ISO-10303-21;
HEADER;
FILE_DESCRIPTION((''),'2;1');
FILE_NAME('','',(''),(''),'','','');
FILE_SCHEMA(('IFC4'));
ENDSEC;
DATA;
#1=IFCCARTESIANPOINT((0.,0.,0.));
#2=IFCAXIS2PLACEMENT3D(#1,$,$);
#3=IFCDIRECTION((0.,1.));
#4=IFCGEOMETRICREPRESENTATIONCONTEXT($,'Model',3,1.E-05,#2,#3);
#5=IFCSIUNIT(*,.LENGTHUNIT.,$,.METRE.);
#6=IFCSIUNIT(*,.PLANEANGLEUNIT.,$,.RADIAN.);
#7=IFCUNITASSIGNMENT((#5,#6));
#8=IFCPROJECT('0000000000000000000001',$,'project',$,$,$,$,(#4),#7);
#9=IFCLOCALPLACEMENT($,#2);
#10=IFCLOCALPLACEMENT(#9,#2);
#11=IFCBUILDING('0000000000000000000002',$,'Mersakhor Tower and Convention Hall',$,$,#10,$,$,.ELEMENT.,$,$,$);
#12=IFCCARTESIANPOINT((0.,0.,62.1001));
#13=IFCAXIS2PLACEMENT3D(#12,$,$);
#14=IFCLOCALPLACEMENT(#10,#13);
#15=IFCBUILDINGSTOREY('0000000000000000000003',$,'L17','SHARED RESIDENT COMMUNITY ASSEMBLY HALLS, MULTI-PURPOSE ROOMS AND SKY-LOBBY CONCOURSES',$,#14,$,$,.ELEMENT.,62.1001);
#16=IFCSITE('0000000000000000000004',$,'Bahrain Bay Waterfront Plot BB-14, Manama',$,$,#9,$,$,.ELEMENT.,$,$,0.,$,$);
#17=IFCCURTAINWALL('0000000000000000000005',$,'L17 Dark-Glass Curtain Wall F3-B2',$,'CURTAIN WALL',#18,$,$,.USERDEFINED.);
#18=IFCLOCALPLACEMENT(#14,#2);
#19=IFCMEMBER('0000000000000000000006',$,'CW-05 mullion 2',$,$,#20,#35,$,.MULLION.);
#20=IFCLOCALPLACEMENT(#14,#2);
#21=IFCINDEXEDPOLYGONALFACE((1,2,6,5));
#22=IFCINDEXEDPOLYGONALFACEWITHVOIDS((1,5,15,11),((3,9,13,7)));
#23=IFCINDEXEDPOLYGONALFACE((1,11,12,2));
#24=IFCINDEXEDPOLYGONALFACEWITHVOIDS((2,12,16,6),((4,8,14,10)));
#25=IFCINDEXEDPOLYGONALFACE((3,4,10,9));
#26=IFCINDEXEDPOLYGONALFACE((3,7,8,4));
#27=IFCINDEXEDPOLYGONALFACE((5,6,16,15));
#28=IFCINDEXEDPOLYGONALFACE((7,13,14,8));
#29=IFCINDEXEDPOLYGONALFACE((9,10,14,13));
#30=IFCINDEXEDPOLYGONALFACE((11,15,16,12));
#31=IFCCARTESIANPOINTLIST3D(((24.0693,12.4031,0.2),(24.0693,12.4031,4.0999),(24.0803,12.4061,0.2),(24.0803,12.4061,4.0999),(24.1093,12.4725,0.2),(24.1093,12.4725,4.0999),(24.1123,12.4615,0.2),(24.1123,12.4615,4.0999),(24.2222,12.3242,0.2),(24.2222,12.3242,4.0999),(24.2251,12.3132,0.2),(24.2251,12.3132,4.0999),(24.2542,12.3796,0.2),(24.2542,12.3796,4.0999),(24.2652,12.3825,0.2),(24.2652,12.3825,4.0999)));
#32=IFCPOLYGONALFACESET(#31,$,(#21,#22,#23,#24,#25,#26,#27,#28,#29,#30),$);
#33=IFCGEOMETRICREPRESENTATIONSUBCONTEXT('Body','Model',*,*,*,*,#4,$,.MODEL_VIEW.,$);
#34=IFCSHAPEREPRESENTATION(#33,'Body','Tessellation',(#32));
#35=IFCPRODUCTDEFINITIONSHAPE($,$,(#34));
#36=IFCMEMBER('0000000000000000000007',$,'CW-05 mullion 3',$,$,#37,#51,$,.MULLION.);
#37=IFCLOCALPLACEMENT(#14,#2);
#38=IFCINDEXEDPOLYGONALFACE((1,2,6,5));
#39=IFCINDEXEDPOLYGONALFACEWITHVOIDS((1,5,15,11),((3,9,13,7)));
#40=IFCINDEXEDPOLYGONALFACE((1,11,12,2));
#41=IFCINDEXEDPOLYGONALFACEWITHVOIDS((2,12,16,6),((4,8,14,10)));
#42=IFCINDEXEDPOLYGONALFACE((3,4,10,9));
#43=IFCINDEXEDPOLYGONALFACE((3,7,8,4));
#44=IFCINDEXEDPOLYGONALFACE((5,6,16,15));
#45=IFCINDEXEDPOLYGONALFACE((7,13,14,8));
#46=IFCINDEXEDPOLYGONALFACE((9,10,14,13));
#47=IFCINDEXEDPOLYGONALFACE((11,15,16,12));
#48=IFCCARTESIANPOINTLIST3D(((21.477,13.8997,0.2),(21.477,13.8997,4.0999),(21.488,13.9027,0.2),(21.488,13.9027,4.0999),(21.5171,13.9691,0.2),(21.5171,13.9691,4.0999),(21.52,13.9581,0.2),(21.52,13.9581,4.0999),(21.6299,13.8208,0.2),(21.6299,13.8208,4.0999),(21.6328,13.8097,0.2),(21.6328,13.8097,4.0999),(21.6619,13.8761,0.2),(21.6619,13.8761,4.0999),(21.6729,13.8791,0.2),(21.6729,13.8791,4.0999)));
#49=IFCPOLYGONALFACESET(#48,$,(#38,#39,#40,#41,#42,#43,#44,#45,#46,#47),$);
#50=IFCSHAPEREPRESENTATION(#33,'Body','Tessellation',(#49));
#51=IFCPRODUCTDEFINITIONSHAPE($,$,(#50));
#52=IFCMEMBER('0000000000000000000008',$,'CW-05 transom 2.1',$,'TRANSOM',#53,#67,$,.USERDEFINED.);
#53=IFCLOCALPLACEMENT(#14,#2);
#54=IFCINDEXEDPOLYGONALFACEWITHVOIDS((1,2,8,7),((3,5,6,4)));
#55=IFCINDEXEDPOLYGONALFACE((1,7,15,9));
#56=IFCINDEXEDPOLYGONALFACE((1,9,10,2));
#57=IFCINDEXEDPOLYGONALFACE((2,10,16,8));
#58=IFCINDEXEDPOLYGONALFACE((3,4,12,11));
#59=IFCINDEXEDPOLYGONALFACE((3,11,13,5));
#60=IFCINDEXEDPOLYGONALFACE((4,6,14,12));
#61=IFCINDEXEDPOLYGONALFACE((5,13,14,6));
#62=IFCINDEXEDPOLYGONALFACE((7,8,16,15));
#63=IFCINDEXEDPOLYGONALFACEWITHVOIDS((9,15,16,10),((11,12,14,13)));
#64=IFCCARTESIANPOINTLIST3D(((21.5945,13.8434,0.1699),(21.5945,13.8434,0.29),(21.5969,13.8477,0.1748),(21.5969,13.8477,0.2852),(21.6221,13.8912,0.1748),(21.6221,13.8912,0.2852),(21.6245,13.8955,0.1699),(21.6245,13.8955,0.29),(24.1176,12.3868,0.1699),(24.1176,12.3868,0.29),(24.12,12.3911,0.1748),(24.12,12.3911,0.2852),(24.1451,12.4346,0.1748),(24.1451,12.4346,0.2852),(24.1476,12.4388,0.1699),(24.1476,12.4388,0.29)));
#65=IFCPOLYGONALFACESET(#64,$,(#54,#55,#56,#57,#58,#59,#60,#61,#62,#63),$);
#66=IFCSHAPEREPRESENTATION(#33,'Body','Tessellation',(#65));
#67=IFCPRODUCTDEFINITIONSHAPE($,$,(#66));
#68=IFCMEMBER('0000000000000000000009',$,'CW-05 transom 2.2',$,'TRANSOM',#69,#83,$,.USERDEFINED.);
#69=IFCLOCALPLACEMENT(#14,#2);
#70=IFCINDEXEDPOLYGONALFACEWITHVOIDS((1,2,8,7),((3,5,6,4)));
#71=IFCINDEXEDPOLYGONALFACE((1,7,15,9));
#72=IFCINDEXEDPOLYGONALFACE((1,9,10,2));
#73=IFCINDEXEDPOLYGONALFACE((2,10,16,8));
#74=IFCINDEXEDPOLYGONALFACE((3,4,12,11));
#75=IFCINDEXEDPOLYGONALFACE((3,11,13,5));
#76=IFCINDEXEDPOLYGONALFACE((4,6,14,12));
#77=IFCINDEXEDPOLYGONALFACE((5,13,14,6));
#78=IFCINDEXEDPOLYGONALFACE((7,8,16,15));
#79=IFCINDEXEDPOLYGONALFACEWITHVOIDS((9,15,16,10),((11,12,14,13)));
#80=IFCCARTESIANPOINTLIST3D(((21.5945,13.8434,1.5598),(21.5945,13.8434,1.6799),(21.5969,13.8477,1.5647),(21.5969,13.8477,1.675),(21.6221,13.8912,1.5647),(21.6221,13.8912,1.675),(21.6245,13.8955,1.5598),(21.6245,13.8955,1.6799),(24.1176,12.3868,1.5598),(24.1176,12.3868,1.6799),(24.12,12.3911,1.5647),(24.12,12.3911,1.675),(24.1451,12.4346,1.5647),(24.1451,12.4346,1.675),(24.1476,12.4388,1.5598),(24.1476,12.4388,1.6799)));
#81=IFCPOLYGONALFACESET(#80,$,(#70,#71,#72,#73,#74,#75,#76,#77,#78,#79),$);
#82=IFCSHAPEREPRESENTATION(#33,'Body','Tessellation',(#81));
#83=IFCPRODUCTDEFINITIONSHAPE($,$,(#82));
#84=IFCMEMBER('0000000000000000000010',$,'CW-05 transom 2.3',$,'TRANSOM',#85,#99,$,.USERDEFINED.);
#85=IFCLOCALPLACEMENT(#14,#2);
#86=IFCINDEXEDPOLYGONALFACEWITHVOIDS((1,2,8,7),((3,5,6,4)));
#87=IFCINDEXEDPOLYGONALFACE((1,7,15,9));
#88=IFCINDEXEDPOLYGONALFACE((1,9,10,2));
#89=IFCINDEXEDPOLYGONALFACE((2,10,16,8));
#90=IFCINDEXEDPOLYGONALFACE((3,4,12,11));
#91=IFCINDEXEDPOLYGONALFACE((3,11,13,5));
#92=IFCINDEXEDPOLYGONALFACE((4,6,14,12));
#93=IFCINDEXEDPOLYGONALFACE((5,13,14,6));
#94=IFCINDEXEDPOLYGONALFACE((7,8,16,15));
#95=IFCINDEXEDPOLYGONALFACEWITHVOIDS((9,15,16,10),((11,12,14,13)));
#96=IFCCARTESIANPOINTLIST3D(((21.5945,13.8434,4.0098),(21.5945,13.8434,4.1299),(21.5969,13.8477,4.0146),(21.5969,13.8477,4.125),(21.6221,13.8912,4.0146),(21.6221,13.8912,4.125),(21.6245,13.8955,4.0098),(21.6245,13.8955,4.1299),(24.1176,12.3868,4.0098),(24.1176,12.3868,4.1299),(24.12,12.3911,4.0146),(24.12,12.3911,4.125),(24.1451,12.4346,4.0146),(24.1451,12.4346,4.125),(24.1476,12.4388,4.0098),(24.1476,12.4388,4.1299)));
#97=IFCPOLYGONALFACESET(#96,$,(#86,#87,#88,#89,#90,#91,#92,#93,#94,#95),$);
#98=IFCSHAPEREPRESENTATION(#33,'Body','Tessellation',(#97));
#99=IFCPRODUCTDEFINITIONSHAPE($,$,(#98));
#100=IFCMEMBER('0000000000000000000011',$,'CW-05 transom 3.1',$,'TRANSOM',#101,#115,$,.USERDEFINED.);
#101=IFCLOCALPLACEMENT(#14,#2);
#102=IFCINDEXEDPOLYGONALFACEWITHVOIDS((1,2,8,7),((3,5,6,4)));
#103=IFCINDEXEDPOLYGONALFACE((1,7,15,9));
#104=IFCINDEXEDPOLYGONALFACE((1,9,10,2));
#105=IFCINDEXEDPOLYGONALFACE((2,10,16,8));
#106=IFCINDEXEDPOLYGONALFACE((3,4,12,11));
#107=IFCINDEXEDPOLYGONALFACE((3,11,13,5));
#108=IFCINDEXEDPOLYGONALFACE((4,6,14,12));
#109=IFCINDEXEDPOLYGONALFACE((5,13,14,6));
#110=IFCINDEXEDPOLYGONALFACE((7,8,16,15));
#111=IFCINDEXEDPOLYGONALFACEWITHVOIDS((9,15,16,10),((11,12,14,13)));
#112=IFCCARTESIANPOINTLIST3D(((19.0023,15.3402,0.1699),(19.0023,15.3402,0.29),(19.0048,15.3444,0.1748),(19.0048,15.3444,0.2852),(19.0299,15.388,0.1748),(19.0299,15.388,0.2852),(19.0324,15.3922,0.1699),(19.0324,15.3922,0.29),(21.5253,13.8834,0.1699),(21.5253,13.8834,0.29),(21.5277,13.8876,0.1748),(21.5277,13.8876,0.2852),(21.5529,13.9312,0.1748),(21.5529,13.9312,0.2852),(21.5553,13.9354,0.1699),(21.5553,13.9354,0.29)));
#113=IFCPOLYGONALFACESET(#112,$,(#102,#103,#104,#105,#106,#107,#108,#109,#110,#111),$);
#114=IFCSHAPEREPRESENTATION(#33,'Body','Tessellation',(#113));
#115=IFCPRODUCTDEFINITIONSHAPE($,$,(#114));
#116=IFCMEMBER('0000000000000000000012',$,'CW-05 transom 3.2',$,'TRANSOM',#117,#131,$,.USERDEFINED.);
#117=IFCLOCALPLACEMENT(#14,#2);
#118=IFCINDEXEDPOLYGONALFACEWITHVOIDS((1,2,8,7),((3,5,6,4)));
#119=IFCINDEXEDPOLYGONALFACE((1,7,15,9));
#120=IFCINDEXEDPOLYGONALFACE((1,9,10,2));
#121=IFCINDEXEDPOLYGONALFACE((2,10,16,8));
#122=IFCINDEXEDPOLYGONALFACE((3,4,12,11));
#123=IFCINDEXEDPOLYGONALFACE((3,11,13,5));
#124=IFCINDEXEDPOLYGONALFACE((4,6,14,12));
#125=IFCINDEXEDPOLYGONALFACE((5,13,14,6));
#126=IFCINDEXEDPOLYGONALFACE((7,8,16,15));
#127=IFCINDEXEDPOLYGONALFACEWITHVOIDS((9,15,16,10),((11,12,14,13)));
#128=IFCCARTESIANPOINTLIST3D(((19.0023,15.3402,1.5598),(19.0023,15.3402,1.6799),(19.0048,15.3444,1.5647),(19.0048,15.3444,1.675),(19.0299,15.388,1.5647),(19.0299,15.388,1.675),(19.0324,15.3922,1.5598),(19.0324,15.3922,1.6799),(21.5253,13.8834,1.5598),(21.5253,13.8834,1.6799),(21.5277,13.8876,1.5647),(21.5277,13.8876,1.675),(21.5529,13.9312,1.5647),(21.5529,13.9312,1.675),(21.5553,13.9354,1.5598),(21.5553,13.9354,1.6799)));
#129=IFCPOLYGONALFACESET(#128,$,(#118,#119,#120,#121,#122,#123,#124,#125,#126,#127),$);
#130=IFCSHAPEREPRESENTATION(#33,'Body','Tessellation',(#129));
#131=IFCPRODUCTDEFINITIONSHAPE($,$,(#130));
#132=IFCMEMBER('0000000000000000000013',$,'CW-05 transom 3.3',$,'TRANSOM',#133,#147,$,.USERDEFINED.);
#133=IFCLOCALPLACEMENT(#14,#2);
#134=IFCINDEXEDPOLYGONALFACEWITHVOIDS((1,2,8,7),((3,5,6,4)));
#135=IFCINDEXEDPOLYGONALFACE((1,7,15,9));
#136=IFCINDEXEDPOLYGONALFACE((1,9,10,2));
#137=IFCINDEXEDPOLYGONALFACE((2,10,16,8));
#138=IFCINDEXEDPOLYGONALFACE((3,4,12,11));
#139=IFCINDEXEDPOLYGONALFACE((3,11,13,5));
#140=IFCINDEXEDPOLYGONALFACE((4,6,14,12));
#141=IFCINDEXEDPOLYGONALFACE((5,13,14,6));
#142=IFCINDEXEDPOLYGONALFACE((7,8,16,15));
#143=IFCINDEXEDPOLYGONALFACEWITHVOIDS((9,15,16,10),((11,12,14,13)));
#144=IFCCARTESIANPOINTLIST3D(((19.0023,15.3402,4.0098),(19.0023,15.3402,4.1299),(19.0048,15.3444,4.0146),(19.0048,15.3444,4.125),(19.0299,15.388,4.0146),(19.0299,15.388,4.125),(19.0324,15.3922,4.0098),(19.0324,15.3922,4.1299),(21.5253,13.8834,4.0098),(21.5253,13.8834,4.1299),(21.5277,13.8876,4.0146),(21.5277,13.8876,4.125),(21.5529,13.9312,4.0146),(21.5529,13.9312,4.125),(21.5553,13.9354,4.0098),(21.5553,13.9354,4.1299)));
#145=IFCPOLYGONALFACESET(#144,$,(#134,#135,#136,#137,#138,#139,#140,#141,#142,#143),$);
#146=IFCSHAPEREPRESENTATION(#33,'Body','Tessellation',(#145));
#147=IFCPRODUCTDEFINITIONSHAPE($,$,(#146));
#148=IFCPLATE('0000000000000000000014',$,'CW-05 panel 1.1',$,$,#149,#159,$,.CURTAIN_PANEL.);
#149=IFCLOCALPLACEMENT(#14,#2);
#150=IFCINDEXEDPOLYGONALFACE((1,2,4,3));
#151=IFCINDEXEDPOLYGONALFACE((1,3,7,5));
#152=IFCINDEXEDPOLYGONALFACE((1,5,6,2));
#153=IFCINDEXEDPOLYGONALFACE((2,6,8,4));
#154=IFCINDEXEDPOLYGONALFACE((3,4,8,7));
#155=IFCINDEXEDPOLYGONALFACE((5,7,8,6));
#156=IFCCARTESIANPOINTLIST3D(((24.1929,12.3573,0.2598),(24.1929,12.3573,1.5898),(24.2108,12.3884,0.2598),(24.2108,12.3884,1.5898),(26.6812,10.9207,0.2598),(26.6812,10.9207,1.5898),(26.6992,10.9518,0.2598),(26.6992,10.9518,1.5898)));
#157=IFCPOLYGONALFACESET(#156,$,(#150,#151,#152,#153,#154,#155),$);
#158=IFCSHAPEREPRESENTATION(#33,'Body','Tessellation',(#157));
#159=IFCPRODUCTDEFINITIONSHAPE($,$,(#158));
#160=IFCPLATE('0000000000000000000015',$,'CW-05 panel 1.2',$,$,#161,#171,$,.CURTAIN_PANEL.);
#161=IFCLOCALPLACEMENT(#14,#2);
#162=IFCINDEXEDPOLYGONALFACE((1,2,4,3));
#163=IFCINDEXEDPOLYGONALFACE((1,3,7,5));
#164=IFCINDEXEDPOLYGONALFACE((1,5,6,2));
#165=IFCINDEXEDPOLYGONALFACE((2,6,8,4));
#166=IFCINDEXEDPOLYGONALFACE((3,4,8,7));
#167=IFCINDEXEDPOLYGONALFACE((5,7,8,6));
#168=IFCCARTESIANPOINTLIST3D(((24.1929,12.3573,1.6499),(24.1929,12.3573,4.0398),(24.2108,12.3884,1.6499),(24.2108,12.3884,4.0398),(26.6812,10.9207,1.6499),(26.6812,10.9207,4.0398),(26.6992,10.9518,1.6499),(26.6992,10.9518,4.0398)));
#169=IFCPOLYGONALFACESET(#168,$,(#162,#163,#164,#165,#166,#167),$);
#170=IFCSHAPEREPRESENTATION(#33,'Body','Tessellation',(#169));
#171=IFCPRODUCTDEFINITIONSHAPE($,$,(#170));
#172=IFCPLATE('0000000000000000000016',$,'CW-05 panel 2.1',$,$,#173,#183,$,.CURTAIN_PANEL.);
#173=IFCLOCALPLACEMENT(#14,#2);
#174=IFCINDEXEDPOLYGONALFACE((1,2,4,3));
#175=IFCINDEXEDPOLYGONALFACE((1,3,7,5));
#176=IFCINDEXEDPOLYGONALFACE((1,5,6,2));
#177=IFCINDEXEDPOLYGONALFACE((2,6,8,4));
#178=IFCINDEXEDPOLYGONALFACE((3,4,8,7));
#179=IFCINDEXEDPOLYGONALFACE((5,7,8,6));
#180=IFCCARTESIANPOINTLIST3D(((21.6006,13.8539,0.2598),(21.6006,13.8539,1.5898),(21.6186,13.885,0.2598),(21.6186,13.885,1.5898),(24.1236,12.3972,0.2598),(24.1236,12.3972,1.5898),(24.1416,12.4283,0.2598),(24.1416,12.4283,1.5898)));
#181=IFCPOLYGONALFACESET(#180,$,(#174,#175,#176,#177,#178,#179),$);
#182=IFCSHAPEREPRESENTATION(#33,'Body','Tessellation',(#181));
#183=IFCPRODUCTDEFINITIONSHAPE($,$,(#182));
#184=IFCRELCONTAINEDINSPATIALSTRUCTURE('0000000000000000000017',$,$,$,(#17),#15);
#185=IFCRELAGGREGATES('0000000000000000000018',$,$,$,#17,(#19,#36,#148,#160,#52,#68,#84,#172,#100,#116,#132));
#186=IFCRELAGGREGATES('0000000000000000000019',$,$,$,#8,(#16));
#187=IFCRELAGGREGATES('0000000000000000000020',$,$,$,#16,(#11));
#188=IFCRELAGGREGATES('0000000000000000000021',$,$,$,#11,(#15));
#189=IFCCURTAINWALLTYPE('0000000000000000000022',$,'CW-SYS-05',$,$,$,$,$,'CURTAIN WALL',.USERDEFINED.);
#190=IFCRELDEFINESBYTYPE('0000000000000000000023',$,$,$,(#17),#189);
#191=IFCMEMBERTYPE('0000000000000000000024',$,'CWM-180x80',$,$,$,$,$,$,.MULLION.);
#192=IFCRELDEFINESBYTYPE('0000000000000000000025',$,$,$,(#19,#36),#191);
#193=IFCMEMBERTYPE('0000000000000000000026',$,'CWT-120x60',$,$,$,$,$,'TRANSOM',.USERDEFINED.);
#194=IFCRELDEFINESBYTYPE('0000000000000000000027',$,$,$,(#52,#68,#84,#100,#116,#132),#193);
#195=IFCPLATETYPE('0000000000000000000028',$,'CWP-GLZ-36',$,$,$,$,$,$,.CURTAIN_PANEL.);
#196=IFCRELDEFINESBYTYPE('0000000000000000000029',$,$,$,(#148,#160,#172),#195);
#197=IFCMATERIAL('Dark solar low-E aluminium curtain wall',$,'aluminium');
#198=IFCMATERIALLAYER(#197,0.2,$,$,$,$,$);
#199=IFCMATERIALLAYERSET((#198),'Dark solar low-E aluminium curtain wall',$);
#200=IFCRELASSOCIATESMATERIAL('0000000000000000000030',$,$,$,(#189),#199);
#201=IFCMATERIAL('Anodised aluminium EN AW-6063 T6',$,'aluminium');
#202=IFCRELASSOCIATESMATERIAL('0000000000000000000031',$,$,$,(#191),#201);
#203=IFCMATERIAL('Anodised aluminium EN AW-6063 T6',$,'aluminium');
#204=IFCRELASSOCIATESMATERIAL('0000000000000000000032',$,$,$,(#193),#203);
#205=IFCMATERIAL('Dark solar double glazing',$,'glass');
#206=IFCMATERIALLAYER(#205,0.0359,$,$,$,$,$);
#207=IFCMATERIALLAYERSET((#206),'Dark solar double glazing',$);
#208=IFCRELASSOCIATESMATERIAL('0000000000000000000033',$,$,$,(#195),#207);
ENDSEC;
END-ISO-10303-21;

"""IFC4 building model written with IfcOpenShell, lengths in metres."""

from ifc_helpers import new_model, si_unit, direction, frame, origin, origin_2d, place, context, subcontext, project, spatial, rectangle, hollow_rectangle, extrude, material, layer, layer_set, material_profile, profile_set, type_object, element, aggregate, save


model = new_model("IFC4")

# Units and contexts
model_context = context("Model", 3, precision=1e-05, world=origin(), true_north=direction((0.0, 1.0)))
body_context = subcontext(model_context, "Body", "Model", "MODEL_VIEW")
ifc_project = project(units=[si_unit("LENGTHUNIT", "METRE"), si_unit("PLANEANGLEUNIT", "RADIAN")], contexts=[model_context])

# Site, building, storey
site_placement = place(None, origin())
site = spatial("IfcSite", under=ifc_project, at=site_placement, Name="Bahrain Bay Waterfront Plot BB-14, Manama", CompositionType="ELEMENT", RefElevation=0.0)
building_placement = place(site_placement, origin())
building = spatial("IfcBuilding", under=site, at=building_placement, Name="Mersakhor Tower and Convention Hall", CompositionType="ELEMENT")
storey_placement = place(building_placement, frame((0.0, 0.0, 62.1001)))
storey = spatial("IfcBuildingStorey", under=building, at=storey_placement, Name="L17", Description="SHARED RESIDENT COMMUNITY ASSEMBLY HALLS, MULTI-PURPOSE ROOMS AND SKY-LOBBY CONCOURSES", CompositionType="ELEMENT", Elevation=62.1001)

# Curtain wall, members, plates
ifc_material_1 = material(Name="Dark solar low-E aluminium curtain wall", Category="aluminium")
ifc_layer_1 = layer(ifc_material_1, 0.2)
ifc_layer_set_1 = layer_set([ifc_layer_1], Name="Dark solar low-E aluminium curtain wall")
curtain_wall_type = type_object("IfcCurtainWallType", Name="CW-SYS-05", ElementType="CURTAIN WALL", PredefinedType="USERDEFINED", material=ifc_layer_set_1)
curtain_wall_placement = place(storey_placement, origin())
curtain_wall = element("IfcCurtainWall", 1, at=curtain_wall_placement, inside=storey, type_object=curtain_wall_type, Name="L17 Dark-Glass Curtain Wall F3-B2", ObjectType="CURTAIN WALL", PredefinedType="USERDEFINED")
ifc_material_2 = material(Name="Anodised aluminium EN AW-6063 T6", Category="aluminium")
ifc_material_profile_1 = material_profile(ifc_material_2, hollow_rectangle(XDim=0.0801, YDim=0.1799, WallThickness=0.0081, at=origin_2d()), Name="RHS 180x80x8")
ifc_profile_set_1 = profile_set([ifc_material_profile_1], Name="Anodised aluminium EN AW-6063 T6")
member_type_1 = type_object("IfcMemberType", Name="CWM-180x80", PredefinedType="MULLION", material=ifc_profile_set_1)
member_1_placement = place(storey_placement, frame((24.1672, 12.3928, 0.2), z_axis=(0.0, 0.0, 1.0), x_axis=(-0.500003, -0.866023, 0.0)))
member_1 = element("IfcMember", 2, at=member_1_placement, type_object=member_type_1, Name="CW-05 mullion 2", PredefinedType="MULLION", context=body_context, shape_type="SweptSolid", body=[
    extrude(hollow_rectangle(XDim=0.0801, YDim=0.1799, WallThickness=0.0081, at=origin_2d()), origin(), (0.0, 0.0, 1.0), 3.8999),
])
member_2_placement = place(storey_placement, frame((21.575, 13.8894, 0.2), z_axis=(0.0, 0.0, 1.0), x_axis=(-0.500003, -0.866023, 0.0)))
member_2 = element("IfcMember", 3, at=member_2_placement, type_object=member_type_1, Name="CW-05 mullion 3", PredefinedType="MULLION", context=body_context, shape_type="SweptSolid", body=[
    extrude(hollow_rectangle(XDim=0.0801, YDim=0.1799, WallThickness=0.0081, at=origin_2d()), origin(), (0.0, 0.0, 1.0), 3.8999),
])
ifc_material_3 = material(Name="Anodised aluminium EN AW-6063 T6", Category="aluminium")
ifc_material_profile_2 = material_profile(ifc_material_3, hollow_rectangle(XDim=0.0601, YDim=0.1201, WallThickness=0.0049, at=origin_2d()), Name="RHS 120x60x5")
ifc_profile_set_2 = profile_set([ifc_material_profile_2], Name="Anodised aluminium EN AW-6063 T6")
member_type_2 = type_object("IfcMemberType", Name="CWT-120x60", ElementType="TRANSOM", PredefinedType="USERDEFINED", material=ifc_profile_set_2)
member_3_placement = place(storey_placement, frame((24.1326, 12.4128, 0.23), z_axis=(-0.866038, 0.499979, 0.0), x_axis=(-0.499979, -0.866038, 0.0)))
member_3 = element("IfcMember", 4, at=member_3_placement, type_object=member_type_2, Name="CW-05 transom 2.1", ObjectType="TRANSOM", PredefinedType="USERDEFINED", context=body_context, shape_type="SweptSolid", body=[
    extrude(hollow_rectangle(XDim=0.0601, YDim=0.1201, WallThickness=0.0049, at=origin_2d()), origin(), (0.0, 0.0, 1.0), 2.9133),
])
member_4_placement = place(storey_placement, frame((24.1326, 12.4128, 1.6199), z_axis=(-0.866038, 0.499979, 0.0), x_axis=(-0.499979, -0.866038, 0.0)))
member_4 = element("IfcMember", 5, at=member_4_placement, type_object=member_type_2, Name="CW-05 transom 2.2", ObjectType="TRANSOM", PredefinedType="USERDEFINED", context=body_context, shape_type="SweptSolid", body=[
    extrude(hollow_rectangle(XDim=0.0601, YDim=0.1201, WallThickness=0.0049, at=origin_2d()), origin(), (0.0, 0.0, 1.0), 2.9133),
])
member_5_placement = place(storey_placement, frame((24.1326, 12.4128, 4.0698), z_axis=(-0.866038, 0.499979, 0.0), x_axis=(-0.499979, -0.866038, 0.0)))
member_5 = element("IfcMember", 6, at=member_5_placement, type_object=member_type_2, Name="CW-05 transom 2.3", ObjectType="TRANSOM", PredefinedType="USERDEFINED", context=body_context, shape_type="SweptSolid", body=[
    extrude(hollow_rectangle(XDim=0.0601, YDim=0.1201, WallThickness=0.0049, at=origin_2d()), origin(), (0.0, 0.0, 1.0), 2.9133),
])
member_6_placement = place(storey_placement, frame((21.5403, 13.9094, 0.23), z_axis=(-0.866001, 0.500042, 0.0), x_axis=(-0.500042, -0.866001, 0.0)))
member_6 = element("IfcMember", 7, at=member_6_placement, type_object=member_type_2, Name="CW-05 transom 3.1", ObjectType="TRANSOM", PredefinedType="USERDEFINED", context=body_context, shape_type="SweptSolid", body=[
    extrude(hollow_rectangle(XDim=0.0601, YDim=0.1201, WallThickness=0.0049, at=origin_2d()), origin(), (0.0, 0.0, 1.0), 2.9133),
])
member_7_placement = place(storey_placement, frame((21.5403, 13.9094, 1.6199), z_axis=(-0.866001, 0.500042, 0.0), x_axis=(-0.500042, -0.866001, 0.0)))
member_7 = element("IfcMember", 8, at=member_7_placement, type_object=member_type_2, Name="CW-05 transom 3.2", ObjectType="TRANSOM", PredefinedType="USERDEFINED", context=body_context, shape_type="SweptSolid", body=[
    extrude(hollow_rectangle(XDim=0.0601, YDim=0.1201, WallThickness=0.0049, at=origin_2d()), origin(), (0.0, 0.0, 1.0), 2.9133),
])
member_8_placement = place(storey_placement, frame((21.5403, 13.9094, 4.0698), z_axis=(-0.866001, 0.500042, 0.0), x_axis=(-0.500042, -0.866001, 0.0)))
member_8 = element("IfcMember", 9, at=member_8_placement, type_object=member_type_2, Name="CW-05 transom 3.3", ObjectType="TRANSOM", PredefinedType="USERDEFINED", context=body_context, shape_type="SweptSolid", body=[
    extrude(hollow_rectangle(XDim=0.0601, YDim=0.1201, WallThickness=0.0049, at=origin_2d()), origin(), (0.0, 0.0, 1.0), 2.9133),
])
ifc_material_4 = material(Name="Dark solar double glazing", Category="glass")
ifc_layer_2 = layer(ifc_material_4, 0.0359)
ifc_layer_set_2 = layer_set([ifc_layer_2], Name="Dark solar double glazing")
plate_type_1 = type_object("IfcPlateType", Name="CWP-GLZ-36", PredefinedType="CURTAIN_PANEL", material=ifc_layer_set_2)
plate_1_placement = place(storey_placement, frame((25.446, 11.6545, 0.2598), z_axis=(0.0, 0.0, 1.0), x_axis=(-0.866023, 0.500003, 0.0)))
plate_1 = element("IfcPlate", 10, at=plate_1_placement, type_object=plate_type_1, Name="CW-05 panel 1.1", PredefinedType="CURTAIN_PANEL", context=body_context, shape_type="SweptSolid", body=[
    extrude(rectangle(XDim=2.8733, YDim=0.0359, at=origin_2d()), origin(), (0.0, 0.0, 1.0), 1.3301),
])
plate_2_placement = place(storey_placement, frame((25.446, 11.6545, 1.6499), z_axis=(0.0, 0.0, 1.0), x_axis=(-0.866023, 0.500003, 0.0)))
plate_2 = element("IfcPlate", 11, at=plate_2_placement, type_object=plate_type_1, Name="CW-05 panel 1.2", PredefinedType="CURTAIN_PANEL", context=body_context, shape_type="SweptSolid", body=[
    extrude(rectangle(XDim=2.8733, YDim=0.0359, at=origin_2d()), origin(), (0.0, 0.0, 1.0), 2.3899),
])
plate_3_placement = place(storey_placement, frame((22.8711, 13.1411, 0.2598), z_axis=(0.0, 0.0, 1.0), x_axis=(-0.866023, 0.500003, 0.0)))
plate_3 = element("IfcPlate", 12, at=plate_3_placement, type_object=plate_type_1, Name="CW-05 panel 2.1", PredefinedType="CURTAIN_PANEL", context=body_context, shape_type="SweptSolid", body=[
    extrude(rectangle(XDim=2.9133, YDim=0.0359, at=origin_2d()), origin(), (0.0, 0.0, 1.0), 1.3301),
])
aggregate(curtain_wall, [member_1, member_2, plate_1, plate_2, member_3, member_4, member_5, plate_3, member_6, member_7, member_8])

save(model, "model.ifc")
